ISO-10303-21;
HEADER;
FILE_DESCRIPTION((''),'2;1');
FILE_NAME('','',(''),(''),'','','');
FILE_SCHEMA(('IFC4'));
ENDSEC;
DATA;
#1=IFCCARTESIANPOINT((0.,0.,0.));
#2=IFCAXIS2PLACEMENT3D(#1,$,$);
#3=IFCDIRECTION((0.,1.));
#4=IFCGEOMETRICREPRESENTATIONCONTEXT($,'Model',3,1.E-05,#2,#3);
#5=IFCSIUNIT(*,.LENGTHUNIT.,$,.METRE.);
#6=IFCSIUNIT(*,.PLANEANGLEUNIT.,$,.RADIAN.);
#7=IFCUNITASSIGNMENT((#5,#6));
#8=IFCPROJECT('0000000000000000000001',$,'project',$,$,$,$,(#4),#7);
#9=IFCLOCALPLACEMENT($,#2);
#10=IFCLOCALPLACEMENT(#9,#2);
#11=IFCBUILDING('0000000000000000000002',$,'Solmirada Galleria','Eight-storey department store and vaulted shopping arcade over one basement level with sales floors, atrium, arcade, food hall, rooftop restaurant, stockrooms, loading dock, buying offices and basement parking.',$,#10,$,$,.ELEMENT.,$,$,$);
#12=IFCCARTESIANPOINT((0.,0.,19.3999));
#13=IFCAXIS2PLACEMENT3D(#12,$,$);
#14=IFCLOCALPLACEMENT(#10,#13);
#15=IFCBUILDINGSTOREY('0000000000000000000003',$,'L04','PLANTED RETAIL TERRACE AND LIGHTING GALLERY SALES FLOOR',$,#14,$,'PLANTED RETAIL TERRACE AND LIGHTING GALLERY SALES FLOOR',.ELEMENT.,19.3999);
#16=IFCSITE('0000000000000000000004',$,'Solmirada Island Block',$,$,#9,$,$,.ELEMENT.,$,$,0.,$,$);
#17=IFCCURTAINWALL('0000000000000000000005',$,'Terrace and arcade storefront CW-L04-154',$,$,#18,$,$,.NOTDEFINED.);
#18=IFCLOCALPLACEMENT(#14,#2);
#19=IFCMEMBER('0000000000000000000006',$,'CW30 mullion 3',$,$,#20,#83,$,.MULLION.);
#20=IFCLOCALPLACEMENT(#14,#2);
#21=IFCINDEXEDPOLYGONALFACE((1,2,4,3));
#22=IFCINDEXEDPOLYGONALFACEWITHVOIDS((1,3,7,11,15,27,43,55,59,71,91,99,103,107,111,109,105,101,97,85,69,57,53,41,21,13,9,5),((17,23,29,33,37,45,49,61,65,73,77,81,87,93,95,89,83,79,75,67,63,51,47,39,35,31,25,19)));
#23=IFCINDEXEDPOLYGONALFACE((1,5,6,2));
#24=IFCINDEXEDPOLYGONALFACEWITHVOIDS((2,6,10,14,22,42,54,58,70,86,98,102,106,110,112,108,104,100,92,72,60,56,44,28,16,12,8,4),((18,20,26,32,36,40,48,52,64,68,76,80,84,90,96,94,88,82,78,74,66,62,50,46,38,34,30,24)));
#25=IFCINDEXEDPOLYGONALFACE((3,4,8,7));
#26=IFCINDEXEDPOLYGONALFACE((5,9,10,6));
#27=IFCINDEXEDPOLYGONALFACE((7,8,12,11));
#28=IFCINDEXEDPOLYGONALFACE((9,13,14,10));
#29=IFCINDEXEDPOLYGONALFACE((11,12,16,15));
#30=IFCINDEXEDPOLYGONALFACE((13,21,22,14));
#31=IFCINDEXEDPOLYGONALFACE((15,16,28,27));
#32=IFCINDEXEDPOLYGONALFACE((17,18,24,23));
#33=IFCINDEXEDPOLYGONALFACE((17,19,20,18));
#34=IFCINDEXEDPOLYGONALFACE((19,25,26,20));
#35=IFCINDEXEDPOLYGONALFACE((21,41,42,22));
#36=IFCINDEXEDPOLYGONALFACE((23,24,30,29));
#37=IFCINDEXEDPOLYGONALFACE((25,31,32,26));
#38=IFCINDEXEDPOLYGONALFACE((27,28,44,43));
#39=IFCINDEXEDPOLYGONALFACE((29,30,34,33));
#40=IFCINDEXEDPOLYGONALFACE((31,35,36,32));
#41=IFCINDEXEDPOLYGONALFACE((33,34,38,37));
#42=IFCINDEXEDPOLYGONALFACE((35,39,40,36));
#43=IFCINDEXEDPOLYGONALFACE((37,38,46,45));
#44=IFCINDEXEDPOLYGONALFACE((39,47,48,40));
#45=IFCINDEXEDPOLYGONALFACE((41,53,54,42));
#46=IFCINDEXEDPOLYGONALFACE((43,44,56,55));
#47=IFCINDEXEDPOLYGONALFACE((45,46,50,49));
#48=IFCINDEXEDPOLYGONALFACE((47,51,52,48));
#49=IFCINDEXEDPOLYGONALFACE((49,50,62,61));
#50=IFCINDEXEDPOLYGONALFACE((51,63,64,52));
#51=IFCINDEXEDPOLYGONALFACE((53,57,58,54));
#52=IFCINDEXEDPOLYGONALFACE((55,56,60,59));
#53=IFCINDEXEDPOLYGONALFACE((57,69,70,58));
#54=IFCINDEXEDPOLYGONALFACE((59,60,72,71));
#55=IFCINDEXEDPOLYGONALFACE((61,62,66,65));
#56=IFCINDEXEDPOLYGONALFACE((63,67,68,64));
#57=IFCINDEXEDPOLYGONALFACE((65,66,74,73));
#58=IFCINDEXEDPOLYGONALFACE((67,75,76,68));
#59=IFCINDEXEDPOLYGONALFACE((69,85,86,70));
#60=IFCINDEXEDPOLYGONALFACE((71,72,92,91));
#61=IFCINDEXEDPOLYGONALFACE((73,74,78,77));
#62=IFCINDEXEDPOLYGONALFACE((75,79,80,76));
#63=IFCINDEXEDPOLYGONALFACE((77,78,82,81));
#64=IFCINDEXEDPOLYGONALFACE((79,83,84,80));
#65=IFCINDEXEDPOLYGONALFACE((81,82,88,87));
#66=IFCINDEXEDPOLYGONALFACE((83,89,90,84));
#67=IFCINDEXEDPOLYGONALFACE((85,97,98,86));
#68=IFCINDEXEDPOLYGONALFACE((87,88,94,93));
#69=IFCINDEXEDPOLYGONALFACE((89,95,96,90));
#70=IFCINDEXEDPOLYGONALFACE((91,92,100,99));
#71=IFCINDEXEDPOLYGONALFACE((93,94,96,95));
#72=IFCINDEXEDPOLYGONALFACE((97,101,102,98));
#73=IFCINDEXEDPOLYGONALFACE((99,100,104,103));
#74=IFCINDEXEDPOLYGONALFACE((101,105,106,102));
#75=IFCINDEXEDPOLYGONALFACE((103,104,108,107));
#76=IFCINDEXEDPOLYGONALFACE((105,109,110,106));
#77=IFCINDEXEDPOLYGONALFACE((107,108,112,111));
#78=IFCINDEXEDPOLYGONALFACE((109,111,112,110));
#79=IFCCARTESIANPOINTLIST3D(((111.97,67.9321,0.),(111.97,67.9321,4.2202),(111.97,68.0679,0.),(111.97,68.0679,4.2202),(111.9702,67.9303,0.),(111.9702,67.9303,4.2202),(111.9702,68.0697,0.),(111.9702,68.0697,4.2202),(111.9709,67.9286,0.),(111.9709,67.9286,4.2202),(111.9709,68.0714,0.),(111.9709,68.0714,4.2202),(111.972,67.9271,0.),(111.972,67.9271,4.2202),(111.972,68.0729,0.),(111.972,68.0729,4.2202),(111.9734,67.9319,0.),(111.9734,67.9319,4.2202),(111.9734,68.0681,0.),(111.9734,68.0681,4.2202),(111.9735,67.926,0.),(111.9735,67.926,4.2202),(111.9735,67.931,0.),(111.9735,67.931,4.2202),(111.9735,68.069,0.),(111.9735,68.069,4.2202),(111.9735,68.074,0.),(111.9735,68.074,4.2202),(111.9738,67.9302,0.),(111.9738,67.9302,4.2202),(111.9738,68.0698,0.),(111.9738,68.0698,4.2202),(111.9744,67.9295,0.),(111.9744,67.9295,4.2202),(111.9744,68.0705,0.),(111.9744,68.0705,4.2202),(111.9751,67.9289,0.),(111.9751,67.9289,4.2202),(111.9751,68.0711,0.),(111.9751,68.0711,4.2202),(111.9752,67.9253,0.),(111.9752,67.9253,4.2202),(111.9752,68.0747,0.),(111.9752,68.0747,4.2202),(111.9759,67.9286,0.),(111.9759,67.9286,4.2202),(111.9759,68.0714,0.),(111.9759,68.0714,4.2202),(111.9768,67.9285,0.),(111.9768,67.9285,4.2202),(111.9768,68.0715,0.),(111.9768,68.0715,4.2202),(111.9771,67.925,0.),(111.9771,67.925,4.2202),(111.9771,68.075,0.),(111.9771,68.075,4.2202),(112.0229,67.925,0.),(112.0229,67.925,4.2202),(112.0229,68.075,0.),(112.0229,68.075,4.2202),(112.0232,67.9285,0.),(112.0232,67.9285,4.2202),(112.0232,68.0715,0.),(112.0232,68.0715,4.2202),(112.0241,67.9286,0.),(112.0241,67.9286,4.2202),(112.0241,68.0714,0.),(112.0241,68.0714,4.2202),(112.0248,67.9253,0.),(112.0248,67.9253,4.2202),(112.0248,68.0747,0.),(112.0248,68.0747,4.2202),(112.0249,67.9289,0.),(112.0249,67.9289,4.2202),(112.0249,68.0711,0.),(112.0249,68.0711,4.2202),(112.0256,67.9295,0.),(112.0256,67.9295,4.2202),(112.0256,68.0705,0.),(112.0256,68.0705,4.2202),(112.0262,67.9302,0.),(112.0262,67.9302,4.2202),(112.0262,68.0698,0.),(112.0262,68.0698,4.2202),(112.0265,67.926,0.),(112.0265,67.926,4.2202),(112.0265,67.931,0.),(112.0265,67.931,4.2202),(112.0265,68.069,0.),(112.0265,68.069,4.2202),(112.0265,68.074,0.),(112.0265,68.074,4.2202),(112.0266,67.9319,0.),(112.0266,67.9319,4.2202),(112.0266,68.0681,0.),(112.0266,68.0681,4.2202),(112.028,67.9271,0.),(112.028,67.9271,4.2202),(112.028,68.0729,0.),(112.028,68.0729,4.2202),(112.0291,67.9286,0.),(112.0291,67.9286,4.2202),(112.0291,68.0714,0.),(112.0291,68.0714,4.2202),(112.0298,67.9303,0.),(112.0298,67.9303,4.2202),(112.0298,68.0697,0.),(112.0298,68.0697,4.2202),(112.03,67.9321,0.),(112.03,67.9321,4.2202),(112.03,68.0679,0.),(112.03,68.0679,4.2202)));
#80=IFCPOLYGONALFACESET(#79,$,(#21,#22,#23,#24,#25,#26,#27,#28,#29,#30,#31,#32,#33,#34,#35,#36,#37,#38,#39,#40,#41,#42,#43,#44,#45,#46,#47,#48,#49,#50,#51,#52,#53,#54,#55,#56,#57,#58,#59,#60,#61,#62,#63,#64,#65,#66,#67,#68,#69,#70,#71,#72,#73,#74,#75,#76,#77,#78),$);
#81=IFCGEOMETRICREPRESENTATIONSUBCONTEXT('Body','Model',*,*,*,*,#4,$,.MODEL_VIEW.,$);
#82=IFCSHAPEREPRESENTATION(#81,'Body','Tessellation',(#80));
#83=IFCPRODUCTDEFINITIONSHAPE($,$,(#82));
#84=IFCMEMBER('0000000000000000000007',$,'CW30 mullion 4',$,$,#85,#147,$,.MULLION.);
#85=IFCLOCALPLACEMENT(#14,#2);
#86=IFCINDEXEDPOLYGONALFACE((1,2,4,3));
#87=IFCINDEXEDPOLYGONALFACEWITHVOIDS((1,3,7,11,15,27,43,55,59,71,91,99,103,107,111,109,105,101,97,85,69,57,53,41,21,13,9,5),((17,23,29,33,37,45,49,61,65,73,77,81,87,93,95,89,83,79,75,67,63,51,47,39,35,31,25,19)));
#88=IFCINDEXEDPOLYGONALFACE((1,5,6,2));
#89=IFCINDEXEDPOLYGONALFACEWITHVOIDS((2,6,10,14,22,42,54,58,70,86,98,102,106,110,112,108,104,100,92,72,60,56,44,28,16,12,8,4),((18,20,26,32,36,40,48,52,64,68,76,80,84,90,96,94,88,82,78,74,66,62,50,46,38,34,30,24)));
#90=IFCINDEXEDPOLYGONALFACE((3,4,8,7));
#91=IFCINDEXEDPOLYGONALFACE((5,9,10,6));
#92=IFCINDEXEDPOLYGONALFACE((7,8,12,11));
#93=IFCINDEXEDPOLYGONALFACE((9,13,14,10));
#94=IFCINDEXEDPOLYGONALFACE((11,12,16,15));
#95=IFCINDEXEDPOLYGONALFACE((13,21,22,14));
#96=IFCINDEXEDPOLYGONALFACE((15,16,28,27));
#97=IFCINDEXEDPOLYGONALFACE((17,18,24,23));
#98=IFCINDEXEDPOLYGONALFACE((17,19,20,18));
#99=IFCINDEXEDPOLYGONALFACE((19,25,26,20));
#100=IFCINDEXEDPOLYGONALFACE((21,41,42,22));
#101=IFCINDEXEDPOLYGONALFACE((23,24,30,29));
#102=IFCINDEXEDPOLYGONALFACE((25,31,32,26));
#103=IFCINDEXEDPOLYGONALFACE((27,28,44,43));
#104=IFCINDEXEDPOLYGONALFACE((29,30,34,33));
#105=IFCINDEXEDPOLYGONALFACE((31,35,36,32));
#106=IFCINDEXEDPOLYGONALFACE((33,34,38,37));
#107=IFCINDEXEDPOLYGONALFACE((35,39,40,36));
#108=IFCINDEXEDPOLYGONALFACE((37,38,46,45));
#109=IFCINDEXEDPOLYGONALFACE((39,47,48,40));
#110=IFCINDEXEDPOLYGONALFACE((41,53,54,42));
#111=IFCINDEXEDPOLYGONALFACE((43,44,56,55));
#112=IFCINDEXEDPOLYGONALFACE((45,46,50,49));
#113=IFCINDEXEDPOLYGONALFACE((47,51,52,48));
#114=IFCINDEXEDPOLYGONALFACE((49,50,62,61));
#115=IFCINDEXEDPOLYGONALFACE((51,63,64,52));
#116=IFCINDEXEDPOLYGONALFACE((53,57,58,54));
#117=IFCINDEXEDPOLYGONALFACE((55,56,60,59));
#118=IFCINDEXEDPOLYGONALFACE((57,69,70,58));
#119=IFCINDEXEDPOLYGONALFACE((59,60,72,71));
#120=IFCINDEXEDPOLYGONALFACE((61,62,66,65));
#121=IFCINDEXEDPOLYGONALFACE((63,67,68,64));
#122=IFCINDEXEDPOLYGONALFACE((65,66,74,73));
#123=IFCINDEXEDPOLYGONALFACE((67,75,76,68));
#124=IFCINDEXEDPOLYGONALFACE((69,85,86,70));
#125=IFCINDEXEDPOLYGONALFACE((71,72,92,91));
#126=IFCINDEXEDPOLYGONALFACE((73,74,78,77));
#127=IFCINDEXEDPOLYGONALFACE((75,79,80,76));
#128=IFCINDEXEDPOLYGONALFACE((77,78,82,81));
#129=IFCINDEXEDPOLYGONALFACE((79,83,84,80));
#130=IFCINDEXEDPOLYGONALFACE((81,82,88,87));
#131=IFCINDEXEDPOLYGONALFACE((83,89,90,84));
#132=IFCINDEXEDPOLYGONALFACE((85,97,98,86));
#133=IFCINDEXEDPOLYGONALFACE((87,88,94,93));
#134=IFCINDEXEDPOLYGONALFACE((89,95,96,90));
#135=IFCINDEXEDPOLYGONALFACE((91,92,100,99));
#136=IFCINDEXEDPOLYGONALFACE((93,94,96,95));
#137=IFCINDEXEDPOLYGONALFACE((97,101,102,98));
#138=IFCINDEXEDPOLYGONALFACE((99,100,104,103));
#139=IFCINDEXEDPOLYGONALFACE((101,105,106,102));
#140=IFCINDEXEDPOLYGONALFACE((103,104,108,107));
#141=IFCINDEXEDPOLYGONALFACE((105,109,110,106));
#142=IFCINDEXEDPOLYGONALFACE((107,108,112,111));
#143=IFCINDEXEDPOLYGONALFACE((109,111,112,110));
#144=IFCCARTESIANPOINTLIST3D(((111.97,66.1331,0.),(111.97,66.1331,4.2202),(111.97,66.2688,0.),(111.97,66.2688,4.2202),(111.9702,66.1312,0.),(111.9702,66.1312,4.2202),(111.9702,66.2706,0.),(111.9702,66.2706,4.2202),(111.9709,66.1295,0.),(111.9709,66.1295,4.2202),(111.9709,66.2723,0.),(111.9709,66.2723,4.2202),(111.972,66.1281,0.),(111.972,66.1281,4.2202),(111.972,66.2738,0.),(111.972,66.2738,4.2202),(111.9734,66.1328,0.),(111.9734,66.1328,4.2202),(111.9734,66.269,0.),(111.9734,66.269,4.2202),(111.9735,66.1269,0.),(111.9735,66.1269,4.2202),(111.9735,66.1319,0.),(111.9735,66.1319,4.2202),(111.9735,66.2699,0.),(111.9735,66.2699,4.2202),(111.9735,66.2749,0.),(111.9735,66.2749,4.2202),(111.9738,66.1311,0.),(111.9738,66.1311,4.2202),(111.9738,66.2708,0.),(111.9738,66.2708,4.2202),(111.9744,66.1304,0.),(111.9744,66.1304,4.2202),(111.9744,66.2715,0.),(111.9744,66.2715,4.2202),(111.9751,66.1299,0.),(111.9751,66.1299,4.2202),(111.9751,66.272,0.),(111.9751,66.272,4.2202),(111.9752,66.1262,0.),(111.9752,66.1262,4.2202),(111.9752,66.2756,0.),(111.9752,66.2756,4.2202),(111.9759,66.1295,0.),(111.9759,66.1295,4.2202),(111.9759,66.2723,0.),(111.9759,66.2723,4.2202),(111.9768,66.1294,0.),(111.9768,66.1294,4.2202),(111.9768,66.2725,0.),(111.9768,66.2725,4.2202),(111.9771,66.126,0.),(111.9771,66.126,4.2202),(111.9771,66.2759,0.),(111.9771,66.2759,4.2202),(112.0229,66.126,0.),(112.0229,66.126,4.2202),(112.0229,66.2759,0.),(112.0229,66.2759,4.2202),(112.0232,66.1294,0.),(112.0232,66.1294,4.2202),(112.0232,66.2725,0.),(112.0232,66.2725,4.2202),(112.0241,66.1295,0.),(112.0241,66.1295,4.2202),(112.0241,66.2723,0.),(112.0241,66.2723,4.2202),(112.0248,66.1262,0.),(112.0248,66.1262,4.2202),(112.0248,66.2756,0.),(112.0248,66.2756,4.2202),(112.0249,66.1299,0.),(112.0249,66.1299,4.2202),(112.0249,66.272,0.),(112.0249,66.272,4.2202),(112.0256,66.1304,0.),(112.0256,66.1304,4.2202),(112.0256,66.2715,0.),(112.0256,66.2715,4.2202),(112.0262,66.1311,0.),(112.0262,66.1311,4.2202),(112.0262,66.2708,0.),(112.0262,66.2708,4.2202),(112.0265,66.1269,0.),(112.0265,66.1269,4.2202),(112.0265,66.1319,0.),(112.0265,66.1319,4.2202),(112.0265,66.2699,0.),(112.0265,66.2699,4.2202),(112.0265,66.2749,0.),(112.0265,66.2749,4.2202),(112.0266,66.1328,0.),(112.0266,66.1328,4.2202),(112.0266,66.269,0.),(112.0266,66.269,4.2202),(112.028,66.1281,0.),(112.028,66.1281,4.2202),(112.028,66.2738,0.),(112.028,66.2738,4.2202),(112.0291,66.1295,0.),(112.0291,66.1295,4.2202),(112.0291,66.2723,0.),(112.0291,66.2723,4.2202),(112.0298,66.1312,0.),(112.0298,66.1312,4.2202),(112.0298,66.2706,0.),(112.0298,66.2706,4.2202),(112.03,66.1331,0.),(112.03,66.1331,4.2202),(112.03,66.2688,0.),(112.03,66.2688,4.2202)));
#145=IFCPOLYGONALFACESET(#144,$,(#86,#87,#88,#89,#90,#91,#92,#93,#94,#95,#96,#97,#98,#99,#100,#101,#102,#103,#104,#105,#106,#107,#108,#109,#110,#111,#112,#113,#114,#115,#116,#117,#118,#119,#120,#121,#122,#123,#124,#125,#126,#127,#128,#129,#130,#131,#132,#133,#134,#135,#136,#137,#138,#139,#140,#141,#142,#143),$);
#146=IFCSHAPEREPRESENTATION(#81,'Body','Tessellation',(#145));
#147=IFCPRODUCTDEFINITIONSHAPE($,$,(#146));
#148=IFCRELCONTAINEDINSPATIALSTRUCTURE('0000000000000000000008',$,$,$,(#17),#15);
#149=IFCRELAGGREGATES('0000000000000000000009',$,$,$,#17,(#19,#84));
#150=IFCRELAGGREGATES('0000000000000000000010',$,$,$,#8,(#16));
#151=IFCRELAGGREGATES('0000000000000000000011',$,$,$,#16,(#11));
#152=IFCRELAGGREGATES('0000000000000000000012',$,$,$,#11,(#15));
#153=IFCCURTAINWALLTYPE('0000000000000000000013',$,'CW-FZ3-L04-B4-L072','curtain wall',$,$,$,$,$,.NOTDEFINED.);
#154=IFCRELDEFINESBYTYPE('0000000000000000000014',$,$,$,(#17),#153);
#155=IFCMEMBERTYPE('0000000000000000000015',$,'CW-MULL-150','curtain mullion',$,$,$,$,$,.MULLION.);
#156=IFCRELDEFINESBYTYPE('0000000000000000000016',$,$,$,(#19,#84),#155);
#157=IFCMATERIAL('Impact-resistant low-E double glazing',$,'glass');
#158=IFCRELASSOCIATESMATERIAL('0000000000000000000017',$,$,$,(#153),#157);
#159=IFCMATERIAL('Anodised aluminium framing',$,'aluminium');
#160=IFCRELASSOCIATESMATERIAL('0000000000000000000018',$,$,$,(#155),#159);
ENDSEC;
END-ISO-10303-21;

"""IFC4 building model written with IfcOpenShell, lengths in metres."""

from ifc_helpers import new_model, si_unit, direction, frame, origin, origin_2d, place, context, subcontext, project, spatial, hollow_rectangle, extrude, material, material_profile, profile_set, type_object, element, aggregate, save


model = new_model("IFC4")

# Units and contexts
model_context = context("Model", 3, precision=1e-05, world=origin(), true_north=direction((0.0, 1.0)))
body_context = subcontext(model_context, "Body", "Model", "MODEL_VIEW")
ifc_project = project(units=[si_unit("LENGTHUNIT", "METRE"), si_unit("PLANEANGLEUNIT", "RADIAN")], contexts=[model_context])

# Site, building, storey
site_placement = place(None, origin())
site = spatial("IfcSite", under=ifc_project, at=site_placement, Name="Solmirada Island Block", CompositionType="ELEMENT", RefElevation=0.0)
building_placement = place(site_placement, origin())
building = spatial("IfcBuilding", under=site, at=building_placement, Name="Solmirada Galleria", Description="Eight-storey department store and vaulted shopping arcade over one basement level with sales floors, atrium, arcade, food hall, rooftop restaurant, stockrooms, loading dock, buying offices and basement parking.", CompositionType="ELEMENT")
storey_placement = place(building_placement, frame((0.0, 0.0, 19.3999)))
storey = spatial("IfcBuildingStorey", under=building, at=storey_placement, Name="L04", Description="PLANTED RETAIL TERRACE AND LIGHTING GALLERY SALES FLOOR", LongName="PLANTED RETAIL TERRACE AND LIGHTING GALLERY SALES FLOOR", CompositionType="ELEMENT", Elevation=19.3999)

# Curtain wall, members
ifc_material_1 = material(Name="Impact-resistant low-E double glazing", Category="glass")
curtain_wall_type = type_object("IfcCurtainWallType", Name="CW-FZ3-L04-B4-L072", Description="curtain wall", PredefinedType="NOTDEFINED", material=ifc_material_1)
curtain_wall_placement = place(storey_placement, origin())
curtain_wall = element("IfcCurtainWall", 1, at=curtain_wall_placement, inside=storey, type_object=curtain_wall_type, Name="Terrace and arcade storefront CW-L04-154", PredefinedType="NOTDEFINED")
ifc_material_2 = material(Name="Anodised aluminium framing", Category="aluminium")
ifc_material_profile_1 = material_profile(ifc_material_2, hollow_rectangle(XDim=0.0601, YDim=0.1499, WallThickness=0.0034, InnerFilletRadius=0.0034, OuterFilletRadius=0.0071, at=origin_2d()), Name="ALU-MULL-150X60")
ifc_profile_set_1 = profile_set([ifc_material_profile_1], Name="Anodised aluminium framing")
member_type_1 = type_object("IfcMemberType", Name="CW-MULL-150", Description="curtain mullion", PredefinedType="MULLION", material=ifc_profile_set_1)
member_1_placement = place(storey_placement, frame((112.0, 68.0, 0.0), z_axis=(0.0, 0.0, 1.0), x_axis=(1.0, 0.0, 0.0)))
member_1 = element("IfcMember", 2, at=member_1_placement, type_object=member_type_1, Name="CW30 mullion 3", PredefinedType="MULLION", context=body_context, shape_type="SweptSolid", body=[
    extrude(hollow_rectangle(XDim=0.0601, YDim=0.1499, WallThickness=0.0034, InnerFilletRadius=0.0034, OuterFilletRadius=0.0071, at=origin_2d()), origin(), (0.0, 0.0, 1.0), 4.2202),
])
member_2_placement = place(storey_placement, frame((112.0, 66.2009, 0.0), z_axis=(0.0, 0.0, 1.0), x_axis=(1.0, 0.0, 0.0)))
member_2 = element("IfcMember", 3, at=member_2_placement, type_object=member_type_1, Name="CW30 mullion 4", PredefinedType="MULLION", context=body_context, shape_type="SweptSolid", body=[
    extrude(hollow_rectangle(XDim=0.0601, YDim=0.1499, WallThickness=0.0034, InnerFilletRadius=0.0034, OuterFilletRadius=0.0071, at=origin_2d()), origin(), (0.0, 0.0, 1.0), 4.2202),
])
aggregate(curtain_wall, [member_1, member_2])

save(model, "model.ifc")
